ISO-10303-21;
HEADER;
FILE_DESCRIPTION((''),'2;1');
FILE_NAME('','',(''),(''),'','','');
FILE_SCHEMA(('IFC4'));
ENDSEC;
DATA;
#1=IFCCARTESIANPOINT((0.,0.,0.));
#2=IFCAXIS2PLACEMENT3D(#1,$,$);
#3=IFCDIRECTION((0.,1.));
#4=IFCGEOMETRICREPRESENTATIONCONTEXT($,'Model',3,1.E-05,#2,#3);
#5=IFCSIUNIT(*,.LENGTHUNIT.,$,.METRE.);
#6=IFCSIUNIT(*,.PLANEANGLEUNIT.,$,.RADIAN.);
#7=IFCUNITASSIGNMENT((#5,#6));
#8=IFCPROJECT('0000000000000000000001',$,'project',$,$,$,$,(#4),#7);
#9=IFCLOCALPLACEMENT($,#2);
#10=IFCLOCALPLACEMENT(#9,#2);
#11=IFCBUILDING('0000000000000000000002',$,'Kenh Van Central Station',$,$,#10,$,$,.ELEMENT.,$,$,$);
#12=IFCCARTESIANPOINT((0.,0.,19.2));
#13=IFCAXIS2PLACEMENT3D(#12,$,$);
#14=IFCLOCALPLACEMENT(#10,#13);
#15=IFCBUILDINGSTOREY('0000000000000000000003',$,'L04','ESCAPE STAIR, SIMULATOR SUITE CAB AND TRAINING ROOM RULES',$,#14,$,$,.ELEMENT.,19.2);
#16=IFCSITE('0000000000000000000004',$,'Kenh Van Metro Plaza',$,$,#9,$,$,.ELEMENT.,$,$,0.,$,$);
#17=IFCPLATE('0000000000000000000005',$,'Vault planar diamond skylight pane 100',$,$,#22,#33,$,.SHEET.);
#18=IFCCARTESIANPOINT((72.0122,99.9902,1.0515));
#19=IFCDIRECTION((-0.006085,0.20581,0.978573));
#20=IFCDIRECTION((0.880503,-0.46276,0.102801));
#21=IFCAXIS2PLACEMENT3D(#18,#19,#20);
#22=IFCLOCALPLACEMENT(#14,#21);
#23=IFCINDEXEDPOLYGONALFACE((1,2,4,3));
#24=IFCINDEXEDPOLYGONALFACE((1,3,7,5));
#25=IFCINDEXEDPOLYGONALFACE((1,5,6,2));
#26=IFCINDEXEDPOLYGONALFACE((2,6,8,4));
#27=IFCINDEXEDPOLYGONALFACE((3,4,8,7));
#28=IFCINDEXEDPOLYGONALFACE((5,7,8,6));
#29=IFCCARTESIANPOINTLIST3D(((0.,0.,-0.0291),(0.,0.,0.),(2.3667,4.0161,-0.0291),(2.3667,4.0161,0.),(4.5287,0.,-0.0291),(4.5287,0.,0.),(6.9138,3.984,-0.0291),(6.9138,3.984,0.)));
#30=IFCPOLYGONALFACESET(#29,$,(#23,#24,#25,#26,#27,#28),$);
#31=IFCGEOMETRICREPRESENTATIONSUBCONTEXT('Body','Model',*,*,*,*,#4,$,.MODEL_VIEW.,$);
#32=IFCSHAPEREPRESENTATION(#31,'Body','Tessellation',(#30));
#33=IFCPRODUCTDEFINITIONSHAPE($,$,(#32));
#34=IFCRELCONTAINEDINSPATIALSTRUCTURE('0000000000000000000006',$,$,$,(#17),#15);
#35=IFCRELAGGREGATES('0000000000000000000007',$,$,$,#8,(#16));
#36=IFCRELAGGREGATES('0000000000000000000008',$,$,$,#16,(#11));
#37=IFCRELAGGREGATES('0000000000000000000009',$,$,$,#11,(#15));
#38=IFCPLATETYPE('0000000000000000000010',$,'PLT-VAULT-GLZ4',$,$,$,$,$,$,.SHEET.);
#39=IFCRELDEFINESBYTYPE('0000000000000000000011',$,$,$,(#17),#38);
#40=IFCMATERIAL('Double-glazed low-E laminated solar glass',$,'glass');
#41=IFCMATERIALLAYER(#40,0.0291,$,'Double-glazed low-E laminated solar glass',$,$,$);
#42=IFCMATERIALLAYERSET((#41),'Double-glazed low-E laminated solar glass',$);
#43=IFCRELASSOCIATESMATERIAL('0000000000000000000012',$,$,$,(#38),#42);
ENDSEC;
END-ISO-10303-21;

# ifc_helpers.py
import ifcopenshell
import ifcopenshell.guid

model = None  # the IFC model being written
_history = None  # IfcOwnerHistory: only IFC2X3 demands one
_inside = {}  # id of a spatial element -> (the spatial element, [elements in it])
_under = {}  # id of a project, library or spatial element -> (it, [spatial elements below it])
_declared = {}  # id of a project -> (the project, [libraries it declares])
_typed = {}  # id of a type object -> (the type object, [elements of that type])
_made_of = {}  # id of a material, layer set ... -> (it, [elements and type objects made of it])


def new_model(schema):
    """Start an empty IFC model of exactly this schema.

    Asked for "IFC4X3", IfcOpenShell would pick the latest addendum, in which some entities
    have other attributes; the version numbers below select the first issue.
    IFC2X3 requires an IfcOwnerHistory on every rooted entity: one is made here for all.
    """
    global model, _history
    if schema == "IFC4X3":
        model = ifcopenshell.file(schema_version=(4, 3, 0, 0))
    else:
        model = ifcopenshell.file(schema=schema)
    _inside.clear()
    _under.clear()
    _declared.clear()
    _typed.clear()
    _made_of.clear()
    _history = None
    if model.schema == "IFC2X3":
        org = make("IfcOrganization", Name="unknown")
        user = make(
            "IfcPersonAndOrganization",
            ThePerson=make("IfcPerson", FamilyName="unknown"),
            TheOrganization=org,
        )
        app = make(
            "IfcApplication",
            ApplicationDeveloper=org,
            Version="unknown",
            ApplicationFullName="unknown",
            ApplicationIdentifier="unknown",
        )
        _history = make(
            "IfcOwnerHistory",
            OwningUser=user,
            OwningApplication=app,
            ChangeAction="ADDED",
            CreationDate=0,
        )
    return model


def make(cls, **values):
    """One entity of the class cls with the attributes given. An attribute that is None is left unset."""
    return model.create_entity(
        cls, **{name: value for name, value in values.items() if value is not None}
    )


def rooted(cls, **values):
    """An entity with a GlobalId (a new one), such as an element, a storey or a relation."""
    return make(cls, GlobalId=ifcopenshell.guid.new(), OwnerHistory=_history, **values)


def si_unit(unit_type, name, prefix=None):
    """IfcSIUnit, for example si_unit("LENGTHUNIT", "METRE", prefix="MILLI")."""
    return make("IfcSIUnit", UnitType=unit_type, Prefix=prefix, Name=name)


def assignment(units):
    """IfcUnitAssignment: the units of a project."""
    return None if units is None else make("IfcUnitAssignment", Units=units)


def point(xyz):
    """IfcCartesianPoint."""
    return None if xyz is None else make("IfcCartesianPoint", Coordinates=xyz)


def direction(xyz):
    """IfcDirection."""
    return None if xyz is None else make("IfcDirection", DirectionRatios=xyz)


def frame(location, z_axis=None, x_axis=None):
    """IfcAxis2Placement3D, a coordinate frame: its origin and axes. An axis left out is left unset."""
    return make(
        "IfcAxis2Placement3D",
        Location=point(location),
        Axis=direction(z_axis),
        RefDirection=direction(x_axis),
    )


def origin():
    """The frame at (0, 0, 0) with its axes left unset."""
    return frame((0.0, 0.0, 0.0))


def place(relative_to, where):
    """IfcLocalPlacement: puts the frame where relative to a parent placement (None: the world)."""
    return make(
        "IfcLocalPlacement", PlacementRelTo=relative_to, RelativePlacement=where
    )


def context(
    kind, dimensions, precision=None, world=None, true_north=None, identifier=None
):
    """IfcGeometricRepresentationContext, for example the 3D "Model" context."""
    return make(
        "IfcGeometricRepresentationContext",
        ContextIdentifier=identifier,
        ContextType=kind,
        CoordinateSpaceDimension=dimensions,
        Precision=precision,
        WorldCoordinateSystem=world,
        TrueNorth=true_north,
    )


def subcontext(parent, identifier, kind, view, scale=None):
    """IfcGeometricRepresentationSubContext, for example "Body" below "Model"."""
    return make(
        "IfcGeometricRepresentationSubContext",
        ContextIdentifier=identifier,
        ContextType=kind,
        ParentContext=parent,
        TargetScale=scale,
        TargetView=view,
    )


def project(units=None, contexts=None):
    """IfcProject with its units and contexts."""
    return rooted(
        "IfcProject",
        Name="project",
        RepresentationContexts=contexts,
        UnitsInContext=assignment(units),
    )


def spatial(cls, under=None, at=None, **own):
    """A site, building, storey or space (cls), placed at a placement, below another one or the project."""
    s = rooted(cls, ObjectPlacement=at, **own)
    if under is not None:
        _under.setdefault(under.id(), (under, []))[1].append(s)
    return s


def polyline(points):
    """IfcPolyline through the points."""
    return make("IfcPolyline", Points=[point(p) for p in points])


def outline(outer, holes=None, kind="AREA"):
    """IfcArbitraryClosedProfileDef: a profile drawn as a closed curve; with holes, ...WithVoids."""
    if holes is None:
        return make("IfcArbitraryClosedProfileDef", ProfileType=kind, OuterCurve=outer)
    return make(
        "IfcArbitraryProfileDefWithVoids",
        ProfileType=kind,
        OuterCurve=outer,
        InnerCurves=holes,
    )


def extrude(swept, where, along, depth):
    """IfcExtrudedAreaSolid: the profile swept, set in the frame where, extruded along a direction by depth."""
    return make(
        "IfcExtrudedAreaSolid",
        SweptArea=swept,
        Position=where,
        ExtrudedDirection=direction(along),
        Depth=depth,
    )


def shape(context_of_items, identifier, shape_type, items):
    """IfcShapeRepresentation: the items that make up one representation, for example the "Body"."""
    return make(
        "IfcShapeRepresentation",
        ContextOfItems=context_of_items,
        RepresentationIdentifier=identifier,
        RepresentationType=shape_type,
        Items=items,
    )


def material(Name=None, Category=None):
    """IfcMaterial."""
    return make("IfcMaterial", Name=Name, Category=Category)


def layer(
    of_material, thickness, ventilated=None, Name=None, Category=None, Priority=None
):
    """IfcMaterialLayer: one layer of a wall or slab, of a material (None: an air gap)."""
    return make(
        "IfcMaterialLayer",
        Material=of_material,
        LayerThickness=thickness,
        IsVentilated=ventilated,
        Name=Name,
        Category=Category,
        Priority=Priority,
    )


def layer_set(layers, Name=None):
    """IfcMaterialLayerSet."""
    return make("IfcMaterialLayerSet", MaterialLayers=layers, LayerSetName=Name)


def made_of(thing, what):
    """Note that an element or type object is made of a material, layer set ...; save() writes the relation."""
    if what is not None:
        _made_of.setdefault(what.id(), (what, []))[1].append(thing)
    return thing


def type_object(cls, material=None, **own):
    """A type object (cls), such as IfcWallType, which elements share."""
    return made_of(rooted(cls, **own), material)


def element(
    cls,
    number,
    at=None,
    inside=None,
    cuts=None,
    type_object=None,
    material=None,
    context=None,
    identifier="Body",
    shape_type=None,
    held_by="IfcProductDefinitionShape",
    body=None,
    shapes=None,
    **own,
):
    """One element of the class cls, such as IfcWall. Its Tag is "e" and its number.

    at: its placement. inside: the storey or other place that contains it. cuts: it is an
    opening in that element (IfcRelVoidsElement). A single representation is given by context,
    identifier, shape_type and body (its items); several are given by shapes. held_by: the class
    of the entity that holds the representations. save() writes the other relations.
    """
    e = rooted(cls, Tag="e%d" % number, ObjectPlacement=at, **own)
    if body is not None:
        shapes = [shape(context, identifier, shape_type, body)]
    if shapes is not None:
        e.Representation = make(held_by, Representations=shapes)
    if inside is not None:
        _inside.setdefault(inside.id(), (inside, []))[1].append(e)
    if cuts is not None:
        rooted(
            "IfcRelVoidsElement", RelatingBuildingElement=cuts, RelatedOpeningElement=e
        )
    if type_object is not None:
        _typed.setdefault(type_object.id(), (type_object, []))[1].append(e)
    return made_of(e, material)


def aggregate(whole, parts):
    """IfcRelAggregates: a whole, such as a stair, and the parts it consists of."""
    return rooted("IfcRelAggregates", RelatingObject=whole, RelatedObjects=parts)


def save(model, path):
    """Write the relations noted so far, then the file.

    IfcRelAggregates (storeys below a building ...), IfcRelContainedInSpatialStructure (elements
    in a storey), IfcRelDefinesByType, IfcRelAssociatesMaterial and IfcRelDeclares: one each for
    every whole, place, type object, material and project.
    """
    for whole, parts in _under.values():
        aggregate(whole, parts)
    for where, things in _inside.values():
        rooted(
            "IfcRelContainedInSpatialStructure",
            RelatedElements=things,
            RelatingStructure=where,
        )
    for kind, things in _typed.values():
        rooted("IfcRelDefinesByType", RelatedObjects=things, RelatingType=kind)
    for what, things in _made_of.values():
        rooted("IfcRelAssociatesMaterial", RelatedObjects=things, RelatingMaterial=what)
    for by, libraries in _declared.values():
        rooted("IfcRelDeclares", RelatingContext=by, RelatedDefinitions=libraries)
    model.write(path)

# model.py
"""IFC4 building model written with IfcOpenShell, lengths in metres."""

from ifc_helpers import new_model, si_unit, direction, frame, origin, place, context, subcontext, project, spatial, polyline, outline, extrude, material, layer, layer_set, type_object, element, save


model = new_model("IFC4")

# Units and contexts
model_context = context("Model", 3, precision=1e-05, world=origin(), true_north=direction((0.0, 1.0)))
body_context = subcontext(model_context, "Body", "Model", "MODEL_VIEW")
ifc_project = project(units=[si_unit("LENGTHUNIT", "METRE"), si_unit("PLANEANGLEUNIT", "RADIAN")], contexts=[model_context])

# Site, building, storey
site_placement = place(None, origin())
site = spatial("IfcSite", under=ifc_project, at=site_placement, Name="Kenh Van Metro Plaza", CompositionType="ELEMENT", RefElevation=0.0)
building_placement = place(site_placement, origin())
building = spatial("IfcBuilding", under=site, at=building_placement, Name="Kenh Van Central Station", CompositionType="ELEMENT")
storey_placement = place(building_placement, frame((0.0, 0.0, 19.2)))
storey = spatial("IfcBuildingStorey", under=building, at=storey_placement, Name="L04", Description="ESCAPE STAIR, SIMULATOR SUITE CAB AND TRAINING ROOM RULES", CompositionType="ELEMENT", Elevation=19.2)

# Plate
ifc_material_1 = material(Name="Double-glazed low-E laminated solar glass", Category="glass")
ifc_layer_1 = layer(ifc_material_1, 0.0291, Name="Double-glazed low-E laminated solar glass")
ifc_layer_set_1 = layer_set([ifc_layer_1], Name="Double-glazed low-E laminated solar glass")
plate_type_1 = type_object("IfcPlateType", Name="PLT-VAULT-GLZ4", PredefinedType="SHEET", material=ifc_layer_set_1)
plate_1_placement = place(storey_placement, frame((72.0122, 99.9902, 1.0515), z_axis=(-0.006085, 0.20581, 0.978573), x_axis=(0.880503, -0.46276, 0.102801)))
element("IfcPlate", 1, at=plate_1_placement, inside=storey, type_object=plate_type_1, Name="Vault planar diamond skylight pane 100", PredefinedType="SHEET", context=body_context, shape_type="SweptSolid", body=[
    extrude(outline(polyline([(0.0, 0.0), (4.5287, 0.0), (6.9138, 3.984), (2.3667, 4.0161), (0.0, 0.0)])), origin(), (0.0, 0.0, -1.0), 0.0291),
])

save(model, "model.ifc")
